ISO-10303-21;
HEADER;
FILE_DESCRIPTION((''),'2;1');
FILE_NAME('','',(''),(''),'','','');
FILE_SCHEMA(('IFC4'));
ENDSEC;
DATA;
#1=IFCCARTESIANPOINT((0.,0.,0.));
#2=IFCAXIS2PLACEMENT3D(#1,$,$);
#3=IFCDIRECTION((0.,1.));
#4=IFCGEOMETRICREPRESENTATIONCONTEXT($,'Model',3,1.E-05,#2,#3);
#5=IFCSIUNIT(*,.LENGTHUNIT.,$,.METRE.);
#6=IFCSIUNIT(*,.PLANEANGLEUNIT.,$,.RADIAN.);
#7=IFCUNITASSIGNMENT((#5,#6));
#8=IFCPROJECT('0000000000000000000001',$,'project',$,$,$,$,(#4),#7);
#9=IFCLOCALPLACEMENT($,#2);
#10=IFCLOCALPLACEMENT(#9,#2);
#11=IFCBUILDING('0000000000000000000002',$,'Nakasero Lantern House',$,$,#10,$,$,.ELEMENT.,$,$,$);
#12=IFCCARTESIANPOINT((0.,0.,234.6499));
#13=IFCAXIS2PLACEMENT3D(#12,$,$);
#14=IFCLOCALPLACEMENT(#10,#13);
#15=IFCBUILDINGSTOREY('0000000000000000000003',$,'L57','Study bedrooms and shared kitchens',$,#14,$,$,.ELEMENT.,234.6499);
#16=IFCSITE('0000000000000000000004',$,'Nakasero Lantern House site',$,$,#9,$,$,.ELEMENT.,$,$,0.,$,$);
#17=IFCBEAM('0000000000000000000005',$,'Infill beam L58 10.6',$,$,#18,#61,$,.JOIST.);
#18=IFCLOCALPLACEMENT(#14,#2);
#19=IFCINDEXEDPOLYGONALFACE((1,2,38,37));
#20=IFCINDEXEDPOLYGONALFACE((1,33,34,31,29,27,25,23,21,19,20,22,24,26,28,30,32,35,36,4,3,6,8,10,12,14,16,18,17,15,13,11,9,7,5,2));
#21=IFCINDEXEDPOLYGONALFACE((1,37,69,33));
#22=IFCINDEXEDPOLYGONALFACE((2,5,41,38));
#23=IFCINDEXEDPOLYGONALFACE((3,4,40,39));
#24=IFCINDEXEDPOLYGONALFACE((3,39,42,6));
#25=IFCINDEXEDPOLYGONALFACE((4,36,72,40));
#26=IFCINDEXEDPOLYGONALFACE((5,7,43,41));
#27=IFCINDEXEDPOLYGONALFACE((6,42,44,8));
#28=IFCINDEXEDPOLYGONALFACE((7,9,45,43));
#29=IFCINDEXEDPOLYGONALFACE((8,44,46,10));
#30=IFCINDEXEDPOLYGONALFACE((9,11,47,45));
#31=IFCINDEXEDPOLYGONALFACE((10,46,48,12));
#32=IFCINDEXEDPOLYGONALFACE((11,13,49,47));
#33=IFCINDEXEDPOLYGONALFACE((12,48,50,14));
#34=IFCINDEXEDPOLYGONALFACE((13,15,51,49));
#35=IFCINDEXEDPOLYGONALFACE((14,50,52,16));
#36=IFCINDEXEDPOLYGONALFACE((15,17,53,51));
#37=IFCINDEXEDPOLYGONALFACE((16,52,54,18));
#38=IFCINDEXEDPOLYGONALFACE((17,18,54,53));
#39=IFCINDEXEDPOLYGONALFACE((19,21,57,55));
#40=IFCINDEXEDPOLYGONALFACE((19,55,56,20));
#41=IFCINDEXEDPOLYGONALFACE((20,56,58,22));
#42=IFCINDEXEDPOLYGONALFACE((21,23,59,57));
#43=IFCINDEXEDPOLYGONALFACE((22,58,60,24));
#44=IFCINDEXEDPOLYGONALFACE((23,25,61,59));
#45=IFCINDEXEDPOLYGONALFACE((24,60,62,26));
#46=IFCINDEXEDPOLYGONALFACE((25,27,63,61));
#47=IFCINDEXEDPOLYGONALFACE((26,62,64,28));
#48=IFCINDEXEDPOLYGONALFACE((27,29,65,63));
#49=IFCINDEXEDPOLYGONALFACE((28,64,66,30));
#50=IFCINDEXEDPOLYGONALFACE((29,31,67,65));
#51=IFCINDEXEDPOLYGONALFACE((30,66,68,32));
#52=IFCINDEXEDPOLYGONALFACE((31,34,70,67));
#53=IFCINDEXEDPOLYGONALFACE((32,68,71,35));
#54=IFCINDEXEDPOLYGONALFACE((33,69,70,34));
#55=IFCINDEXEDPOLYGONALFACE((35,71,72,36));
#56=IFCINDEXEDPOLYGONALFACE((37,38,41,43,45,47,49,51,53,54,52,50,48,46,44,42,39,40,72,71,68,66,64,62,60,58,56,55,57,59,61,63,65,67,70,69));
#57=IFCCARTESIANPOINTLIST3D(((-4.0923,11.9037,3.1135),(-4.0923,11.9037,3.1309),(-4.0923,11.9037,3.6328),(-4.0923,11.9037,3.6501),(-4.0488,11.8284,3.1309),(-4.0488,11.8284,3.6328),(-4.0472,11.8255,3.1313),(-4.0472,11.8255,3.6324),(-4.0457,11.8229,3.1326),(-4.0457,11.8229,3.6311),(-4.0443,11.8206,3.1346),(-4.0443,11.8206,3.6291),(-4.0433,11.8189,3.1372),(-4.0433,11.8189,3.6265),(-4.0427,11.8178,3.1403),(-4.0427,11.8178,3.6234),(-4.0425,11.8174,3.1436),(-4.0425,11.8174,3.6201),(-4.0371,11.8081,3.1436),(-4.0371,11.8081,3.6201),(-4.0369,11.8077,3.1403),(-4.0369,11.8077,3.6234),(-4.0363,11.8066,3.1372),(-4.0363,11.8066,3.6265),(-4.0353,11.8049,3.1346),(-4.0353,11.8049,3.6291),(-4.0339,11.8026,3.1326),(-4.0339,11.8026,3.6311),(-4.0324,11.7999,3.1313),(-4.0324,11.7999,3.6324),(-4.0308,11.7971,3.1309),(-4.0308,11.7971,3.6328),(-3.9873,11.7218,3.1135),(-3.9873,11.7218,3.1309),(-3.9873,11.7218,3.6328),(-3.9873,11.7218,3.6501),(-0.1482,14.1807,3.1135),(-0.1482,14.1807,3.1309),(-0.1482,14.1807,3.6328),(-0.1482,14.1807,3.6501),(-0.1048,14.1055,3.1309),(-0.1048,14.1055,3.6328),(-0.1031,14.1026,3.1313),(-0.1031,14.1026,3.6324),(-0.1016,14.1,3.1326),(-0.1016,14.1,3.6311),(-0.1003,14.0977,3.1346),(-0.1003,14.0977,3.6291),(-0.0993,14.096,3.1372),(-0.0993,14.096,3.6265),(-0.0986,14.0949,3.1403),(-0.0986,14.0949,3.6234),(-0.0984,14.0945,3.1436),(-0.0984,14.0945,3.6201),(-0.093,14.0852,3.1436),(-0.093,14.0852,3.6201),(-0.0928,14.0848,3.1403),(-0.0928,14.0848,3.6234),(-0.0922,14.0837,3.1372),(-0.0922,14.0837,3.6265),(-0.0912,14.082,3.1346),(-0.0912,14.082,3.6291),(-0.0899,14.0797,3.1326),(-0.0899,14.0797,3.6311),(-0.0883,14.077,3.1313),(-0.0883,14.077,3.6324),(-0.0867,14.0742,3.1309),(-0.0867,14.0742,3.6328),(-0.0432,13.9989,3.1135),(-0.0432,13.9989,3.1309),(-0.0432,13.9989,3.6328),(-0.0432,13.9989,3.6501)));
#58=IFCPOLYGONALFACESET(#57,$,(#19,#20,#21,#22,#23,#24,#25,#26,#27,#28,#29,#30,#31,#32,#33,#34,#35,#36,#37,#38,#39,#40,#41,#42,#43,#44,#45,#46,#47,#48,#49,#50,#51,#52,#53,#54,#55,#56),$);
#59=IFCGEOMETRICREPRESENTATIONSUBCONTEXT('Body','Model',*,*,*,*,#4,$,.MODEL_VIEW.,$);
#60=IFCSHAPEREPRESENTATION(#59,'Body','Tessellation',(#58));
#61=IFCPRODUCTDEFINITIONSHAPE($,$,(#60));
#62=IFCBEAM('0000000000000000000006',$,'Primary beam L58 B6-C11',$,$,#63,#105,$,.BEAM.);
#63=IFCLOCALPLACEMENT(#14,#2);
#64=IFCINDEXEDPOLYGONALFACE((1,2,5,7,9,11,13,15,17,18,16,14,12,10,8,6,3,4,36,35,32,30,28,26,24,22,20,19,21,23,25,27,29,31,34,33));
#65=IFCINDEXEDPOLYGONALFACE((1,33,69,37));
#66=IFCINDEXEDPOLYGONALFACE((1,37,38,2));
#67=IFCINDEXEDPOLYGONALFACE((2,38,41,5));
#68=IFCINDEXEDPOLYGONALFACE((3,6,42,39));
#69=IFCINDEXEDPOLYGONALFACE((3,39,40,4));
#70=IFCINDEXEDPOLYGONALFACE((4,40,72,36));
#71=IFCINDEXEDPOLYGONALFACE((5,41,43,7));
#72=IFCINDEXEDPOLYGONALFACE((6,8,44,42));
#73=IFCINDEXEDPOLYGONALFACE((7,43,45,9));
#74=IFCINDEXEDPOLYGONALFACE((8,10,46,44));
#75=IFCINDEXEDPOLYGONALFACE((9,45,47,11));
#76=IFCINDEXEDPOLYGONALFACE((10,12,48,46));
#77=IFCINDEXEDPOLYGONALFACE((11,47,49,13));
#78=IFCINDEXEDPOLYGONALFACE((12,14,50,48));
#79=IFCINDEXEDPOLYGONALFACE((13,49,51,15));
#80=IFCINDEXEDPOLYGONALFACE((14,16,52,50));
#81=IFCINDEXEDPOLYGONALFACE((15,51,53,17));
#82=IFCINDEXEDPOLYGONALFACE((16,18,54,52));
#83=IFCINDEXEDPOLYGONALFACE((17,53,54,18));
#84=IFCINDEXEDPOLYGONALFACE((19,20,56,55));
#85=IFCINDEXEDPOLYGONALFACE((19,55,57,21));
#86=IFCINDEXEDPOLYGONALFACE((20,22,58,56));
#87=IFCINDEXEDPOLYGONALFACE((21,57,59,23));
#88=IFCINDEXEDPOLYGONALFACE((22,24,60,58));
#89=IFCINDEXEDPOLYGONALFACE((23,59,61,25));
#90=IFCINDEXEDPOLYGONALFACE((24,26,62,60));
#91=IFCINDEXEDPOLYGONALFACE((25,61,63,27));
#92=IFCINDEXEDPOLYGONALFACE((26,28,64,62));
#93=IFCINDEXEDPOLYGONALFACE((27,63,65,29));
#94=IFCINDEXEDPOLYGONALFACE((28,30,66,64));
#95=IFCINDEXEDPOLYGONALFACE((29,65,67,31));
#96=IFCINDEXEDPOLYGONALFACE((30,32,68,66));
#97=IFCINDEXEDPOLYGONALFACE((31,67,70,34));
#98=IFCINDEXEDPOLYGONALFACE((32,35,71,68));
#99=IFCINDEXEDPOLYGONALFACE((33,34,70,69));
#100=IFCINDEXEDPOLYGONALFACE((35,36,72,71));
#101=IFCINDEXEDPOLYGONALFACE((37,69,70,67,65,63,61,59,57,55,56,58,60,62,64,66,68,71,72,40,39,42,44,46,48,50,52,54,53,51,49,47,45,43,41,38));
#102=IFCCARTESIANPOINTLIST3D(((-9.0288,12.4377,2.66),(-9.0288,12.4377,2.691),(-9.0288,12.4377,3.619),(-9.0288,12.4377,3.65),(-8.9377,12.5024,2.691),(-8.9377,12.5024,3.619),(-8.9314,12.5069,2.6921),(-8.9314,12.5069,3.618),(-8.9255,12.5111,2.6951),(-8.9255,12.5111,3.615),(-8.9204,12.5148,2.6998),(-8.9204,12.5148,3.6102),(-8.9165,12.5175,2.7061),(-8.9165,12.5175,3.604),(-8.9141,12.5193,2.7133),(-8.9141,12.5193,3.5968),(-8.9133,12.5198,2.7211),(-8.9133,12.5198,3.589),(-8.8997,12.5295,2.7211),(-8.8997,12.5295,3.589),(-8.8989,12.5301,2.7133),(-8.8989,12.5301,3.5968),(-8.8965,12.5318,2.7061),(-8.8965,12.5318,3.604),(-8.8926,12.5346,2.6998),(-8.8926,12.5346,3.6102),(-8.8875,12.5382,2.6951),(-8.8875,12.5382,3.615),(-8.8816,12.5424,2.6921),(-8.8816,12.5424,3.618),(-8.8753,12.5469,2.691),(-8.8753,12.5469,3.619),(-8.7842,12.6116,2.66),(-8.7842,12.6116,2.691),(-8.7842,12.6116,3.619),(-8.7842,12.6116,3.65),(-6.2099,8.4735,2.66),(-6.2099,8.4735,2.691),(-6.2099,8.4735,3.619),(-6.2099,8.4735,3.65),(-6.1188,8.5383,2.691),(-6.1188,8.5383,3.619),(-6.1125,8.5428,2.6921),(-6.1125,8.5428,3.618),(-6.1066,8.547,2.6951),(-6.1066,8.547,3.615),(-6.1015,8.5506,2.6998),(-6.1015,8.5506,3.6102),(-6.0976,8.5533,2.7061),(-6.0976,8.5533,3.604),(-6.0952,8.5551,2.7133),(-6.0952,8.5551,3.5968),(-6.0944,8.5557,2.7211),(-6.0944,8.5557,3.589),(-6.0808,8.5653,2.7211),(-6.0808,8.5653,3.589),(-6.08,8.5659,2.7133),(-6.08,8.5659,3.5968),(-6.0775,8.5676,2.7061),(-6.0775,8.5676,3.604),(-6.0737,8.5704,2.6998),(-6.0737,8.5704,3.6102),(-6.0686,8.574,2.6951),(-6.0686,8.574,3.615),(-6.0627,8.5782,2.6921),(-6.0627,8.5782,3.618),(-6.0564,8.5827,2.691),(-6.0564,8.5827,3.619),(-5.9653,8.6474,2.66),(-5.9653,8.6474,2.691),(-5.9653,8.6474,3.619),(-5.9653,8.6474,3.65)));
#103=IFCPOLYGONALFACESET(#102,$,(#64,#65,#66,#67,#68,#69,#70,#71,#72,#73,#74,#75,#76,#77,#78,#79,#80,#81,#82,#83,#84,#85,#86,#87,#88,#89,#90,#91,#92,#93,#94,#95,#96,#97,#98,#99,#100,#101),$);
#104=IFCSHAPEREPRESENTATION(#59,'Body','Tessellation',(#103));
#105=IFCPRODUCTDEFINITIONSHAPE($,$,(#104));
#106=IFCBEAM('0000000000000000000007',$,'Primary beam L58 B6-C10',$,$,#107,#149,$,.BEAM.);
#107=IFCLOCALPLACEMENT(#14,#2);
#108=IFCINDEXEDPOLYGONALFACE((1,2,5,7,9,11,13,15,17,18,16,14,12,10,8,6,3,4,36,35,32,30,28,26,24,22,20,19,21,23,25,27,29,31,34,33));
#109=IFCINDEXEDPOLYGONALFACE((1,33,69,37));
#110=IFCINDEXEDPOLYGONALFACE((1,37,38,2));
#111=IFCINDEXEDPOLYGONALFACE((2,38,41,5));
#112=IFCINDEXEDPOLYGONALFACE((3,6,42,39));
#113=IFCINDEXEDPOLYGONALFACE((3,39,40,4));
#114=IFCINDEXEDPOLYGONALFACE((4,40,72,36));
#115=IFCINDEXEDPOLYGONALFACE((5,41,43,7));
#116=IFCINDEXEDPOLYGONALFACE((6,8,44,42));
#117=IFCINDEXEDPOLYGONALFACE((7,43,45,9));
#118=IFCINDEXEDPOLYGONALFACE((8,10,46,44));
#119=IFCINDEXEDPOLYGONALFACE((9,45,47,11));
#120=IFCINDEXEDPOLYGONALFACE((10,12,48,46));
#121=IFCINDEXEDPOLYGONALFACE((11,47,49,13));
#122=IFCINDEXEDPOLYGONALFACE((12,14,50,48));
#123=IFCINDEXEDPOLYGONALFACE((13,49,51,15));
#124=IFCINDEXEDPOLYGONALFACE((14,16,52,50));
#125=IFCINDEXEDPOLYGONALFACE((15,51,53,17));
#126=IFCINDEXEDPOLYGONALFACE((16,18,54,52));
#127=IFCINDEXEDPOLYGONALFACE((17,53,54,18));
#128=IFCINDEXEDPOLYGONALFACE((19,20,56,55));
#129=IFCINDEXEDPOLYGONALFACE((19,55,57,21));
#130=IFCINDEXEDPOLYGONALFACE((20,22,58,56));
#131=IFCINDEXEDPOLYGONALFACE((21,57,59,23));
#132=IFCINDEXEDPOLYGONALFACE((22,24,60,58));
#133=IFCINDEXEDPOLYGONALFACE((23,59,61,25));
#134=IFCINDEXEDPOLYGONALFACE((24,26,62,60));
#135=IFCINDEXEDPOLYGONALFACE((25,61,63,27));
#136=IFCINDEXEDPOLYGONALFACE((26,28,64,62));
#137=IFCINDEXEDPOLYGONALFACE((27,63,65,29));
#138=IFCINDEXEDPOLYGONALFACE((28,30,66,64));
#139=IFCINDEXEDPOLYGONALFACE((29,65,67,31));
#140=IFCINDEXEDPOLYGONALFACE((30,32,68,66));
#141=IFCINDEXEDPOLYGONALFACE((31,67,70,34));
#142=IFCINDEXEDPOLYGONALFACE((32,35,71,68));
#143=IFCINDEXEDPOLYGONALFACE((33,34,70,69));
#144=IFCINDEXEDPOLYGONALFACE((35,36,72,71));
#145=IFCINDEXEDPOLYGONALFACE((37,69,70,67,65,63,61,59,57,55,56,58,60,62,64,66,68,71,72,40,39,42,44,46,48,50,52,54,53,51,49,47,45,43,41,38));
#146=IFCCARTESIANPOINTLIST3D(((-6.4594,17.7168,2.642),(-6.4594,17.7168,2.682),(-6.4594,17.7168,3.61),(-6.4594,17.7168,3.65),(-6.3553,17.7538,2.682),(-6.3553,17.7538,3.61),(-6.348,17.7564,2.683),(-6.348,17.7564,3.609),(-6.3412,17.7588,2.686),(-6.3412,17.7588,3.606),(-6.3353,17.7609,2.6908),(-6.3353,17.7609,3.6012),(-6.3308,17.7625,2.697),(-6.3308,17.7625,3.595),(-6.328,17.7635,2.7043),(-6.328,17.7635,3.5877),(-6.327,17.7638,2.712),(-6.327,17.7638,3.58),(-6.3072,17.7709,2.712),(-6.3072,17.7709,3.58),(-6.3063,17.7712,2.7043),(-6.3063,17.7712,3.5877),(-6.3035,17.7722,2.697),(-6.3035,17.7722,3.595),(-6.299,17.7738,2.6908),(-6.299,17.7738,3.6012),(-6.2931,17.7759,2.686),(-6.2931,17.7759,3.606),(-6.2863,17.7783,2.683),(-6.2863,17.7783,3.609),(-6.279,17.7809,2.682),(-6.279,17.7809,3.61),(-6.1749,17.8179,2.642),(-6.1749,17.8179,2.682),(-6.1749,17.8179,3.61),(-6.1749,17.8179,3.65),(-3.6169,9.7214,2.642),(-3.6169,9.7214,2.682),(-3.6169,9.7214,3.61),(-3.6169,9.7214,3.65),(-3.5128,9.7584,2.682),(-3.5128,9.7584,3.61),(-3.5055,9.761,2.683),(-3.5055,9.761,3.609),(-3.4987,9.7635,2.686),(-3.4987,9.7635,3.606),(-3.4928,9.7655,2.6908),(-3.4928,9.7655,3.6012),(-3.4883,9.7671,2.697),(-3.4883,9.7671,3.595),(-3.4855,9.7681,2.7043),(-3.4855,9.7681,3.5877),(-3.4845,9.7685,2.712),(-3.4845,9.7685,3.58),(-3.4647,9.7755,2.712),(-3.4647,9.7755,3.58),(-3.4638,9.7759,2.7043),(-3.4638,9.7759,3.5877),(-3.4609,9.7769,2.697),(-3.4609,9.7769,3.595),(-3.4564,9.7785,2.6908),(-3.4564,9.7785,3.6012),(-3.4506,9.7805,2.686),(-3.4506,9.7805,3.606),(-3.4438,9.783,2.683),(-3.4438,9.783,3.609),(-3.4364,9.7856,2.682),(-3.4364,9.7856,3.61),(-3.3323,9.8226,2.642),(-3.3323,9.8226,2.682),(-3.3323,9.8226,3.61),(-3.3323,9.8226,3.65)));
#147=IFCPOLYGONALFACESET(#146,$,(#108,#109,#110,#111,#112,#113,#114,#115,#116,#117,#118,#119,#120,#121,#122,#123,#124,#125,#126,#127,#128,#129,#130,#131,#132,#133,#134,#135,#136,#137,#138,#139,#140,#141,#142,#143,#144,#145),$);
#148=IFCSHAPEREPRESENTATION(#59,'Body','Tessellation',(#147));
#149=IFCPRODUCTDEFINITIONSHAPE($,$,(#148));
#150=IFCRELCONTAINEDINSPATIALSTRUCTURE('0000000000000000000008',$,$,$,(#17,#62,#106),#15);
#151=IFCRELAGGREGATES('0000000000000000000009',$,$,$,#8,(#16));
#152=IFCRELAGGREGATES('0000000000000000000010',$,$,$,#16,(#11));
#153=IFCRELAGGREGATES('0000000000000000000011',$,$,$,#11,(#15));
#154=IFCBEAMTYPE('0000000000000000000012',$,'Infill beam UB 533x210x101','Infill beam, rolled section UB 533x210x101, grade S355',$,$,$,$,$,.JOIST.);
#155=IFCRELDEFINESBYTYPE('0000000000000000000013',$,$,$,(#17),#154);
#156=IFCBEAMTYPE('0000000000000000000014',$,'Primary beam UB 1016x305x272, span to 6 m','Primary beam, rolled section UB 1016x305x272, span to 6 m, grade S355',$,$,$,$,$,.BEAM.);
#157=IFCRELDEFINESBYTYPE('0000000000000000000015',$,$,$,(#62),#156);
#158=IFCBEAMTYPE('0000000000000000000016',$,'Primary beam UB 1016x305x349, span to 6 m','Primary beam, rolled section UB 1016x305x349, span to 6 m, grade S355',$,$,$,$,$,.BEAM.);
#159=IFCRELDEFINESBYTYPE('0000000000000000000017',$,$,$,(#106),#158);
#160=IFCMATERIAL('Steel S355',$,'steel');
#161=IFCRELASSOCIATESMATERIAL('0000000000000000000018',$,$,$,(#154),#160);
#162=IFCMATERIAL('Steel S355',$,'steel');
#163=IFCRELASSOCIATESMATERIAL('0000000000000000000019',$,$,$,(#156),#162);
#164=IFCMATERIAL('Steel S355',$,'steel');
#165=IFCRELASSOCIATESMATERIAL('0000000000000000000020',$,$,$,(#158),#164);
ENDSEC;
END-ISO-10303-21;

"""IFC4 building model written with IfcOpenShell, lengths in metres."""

from ifc_helpers import new_model, si_unit, direction, frame, origin, origin_2d, place, context, subcontext, project, spatial, i_section, extrude, material, material_profile, profile_set, type_object, element, save


model = new_model("IFC4")

# Units and contexts
model_context = context("Model", 3, precision=1e-05, world=origin(), true_north=direction((0.0, 1.0)))
body_context = subcontext(model_context, "Body", "Model", "MODEL_VIEW")
ifc_project = project(units=[si_unit("LENGTHUNIT", "METRE"), si_unit("PLANEANGLEUNIT", "RADIAN")], contexts=[model_context])

# Site, building, storey
site_placement = place(None, origin())
site = spatial("IfcSite", under=ifc_project, at=site_placement, Name="Nakasero Lantern House site", CompositionType="ELEMENT", RefElevation=0.0)
building_placement = place(site_placement, origin())
building = spatial("IfcBuilding", under=site, at=building_placement, Name="Nakasero Lantern House", CompositionType="ELEMENT")
storey_placement = place(building_placement, frame((0.0, 0.0, 234.6499)))
storey = spatial("IfcBuildingStorey", under=building, at=storey_placement, Name="L57", Description="Study bedrooms and shared kitchens", CompositionType="ELEMENT", Elevation=234.6499)

# Beams
ifc_material_1 = material(Name="Steel S355", Category="steel")
ifc_material_profile_1 = material_profile(ifc_material_1, i_section(OverallWidth=0.21, OverallDepth=0.5366, WebThickness=0.0107, FlangeThickness=0.0173, FilletRadius=0.0127, at=origin_2d()), Name="UB 533x210x101")
ifc_profile_set_1 = profile_set([ifc_material_profile_1], Name="Steel S355")
beam_type_1 = type_object("IfcBeamType", Name="Infill beam UB 533x210x101", Description="Infill beam, rolled section UB 533x210x101, grade S355", PredefinedType="JOIST", material=ifc_profile_set_1)
beam_1_placement = place(storey_placement, frame((-4.0398, 11.8127, 3.3818), z_axis=(0.866028, 0.499996, 0.0), x_axis=(-0.499996, 0.866028, 0.0)))
element("IfcBeam", 1, at=beam_1_placement, inside=storey, type_object=beam_type_1, Name="Infill beam L58 10.6", PredefinedType="JOIST", context=body_context, shape_type="SweptSolid", body=[
    extrude(i_section(OverallWidth=0.21, OverallDepth=0.5366, WebThickness=0.0107, FlangeThickness=0.0173, FilletRadius=0.0127, at=origin_2d()), origin(), (0.0, 0.0, 1.0), 4.5542),
])
ifc_material_2 = material(Name="Steel S355", Category="steel")
ifc_material_profile_2 = material_profile(ifc_material_2, i_section(OverallWidth=0.3, OverallDepth=0.99, WebThickness=0.0166, FlangeThickness=0.031, FilletRadius=0.03, at=origin_2d()), Name="UB 1016x305x272")
ifc_profile_set_2 = profile_set([ifc_material_profile_2], Name="Steel S355")
beam_type_2 = type_object("IfcBeamType", Name="Primary beam UB 1016x305x272, span to 6 m", Description="Primary beam, rolled section UB 1016x305x272, span to 6 m, grade S355", PredefinedType="BEAM", material=ifc_profile_set_2)
beam_2_placement = place(storey_placement, frame((-8.9065, 12.5247, 3.155), z_axis=(0.579513, -0.814963, 0.0), x_axis=(0.814963, 0.579513, 0.0)))
element("IfcBeam", 2, at=beam_2_placement, inside=storey, type_object=beam_type_2, Name="Primary beam L58 B6-C11", PredefinedType="BEAM", context=body_context, shape_type="SweptSolid", body=[
    extrude(i_section(OverallWidth=0.3, OverallDepth=0.99, WebThickness=0.0166, FlangeThickness=0.031, FilletRadius=0.03, at=origin_2d()), origin(), (0.0, 0.0, 1.0), 4.8643),
])
ifc_material_3 = material(Name="Steel S355", Category="steel")
ifc_material_profile_3 = material_profile(ifc_material_3, i_section(OverallWidth=0.302, OverallDepth=1.0081, WebThickness=0.021, FlangeThickness=0.04, FilletRadius=0.03, at=origin_2d()), Name="UB 1016x305x349")
ifc_profile_set_3 = profile_set([ifc_material_profile_3], Name="Steel S355")
beam_type_3 = type_object("IfcBeamType", Name="Primary beam UB 1016x305x349, span to 6 m", Description="Primary beam, rolled section UB 1016x305x349, span to 6 m, grade S355", PredefinedType="BEAM", material=ifc_profile_set_3)
beam_3_placement = place(storey_placement, frame((-6.3171, 17.7673, 3.146), z_axis=(0.334982, -0.942225, 0.0), x_axis=(0.942225, 0.334982, 0.0)))
element("IfcBeam", 3, at=beam_3_placement, inside=storey, type_object=beam_type_3, Name="Primary beam L58 B6-C10", PredefinedType="BEAM", context=body_context, shape_type="SweptSolid", body=[
    extrude(i_section(OverallWidth=0.302, OverallDepth=1.0081, WebThickness=0.021, FlangeThickness=0.04, FilletRadius=0.03, at=origin_2d()), origin(), (0.0, 0.0, 1.0), 8.4856),
])

save(model, "model.ifc")
